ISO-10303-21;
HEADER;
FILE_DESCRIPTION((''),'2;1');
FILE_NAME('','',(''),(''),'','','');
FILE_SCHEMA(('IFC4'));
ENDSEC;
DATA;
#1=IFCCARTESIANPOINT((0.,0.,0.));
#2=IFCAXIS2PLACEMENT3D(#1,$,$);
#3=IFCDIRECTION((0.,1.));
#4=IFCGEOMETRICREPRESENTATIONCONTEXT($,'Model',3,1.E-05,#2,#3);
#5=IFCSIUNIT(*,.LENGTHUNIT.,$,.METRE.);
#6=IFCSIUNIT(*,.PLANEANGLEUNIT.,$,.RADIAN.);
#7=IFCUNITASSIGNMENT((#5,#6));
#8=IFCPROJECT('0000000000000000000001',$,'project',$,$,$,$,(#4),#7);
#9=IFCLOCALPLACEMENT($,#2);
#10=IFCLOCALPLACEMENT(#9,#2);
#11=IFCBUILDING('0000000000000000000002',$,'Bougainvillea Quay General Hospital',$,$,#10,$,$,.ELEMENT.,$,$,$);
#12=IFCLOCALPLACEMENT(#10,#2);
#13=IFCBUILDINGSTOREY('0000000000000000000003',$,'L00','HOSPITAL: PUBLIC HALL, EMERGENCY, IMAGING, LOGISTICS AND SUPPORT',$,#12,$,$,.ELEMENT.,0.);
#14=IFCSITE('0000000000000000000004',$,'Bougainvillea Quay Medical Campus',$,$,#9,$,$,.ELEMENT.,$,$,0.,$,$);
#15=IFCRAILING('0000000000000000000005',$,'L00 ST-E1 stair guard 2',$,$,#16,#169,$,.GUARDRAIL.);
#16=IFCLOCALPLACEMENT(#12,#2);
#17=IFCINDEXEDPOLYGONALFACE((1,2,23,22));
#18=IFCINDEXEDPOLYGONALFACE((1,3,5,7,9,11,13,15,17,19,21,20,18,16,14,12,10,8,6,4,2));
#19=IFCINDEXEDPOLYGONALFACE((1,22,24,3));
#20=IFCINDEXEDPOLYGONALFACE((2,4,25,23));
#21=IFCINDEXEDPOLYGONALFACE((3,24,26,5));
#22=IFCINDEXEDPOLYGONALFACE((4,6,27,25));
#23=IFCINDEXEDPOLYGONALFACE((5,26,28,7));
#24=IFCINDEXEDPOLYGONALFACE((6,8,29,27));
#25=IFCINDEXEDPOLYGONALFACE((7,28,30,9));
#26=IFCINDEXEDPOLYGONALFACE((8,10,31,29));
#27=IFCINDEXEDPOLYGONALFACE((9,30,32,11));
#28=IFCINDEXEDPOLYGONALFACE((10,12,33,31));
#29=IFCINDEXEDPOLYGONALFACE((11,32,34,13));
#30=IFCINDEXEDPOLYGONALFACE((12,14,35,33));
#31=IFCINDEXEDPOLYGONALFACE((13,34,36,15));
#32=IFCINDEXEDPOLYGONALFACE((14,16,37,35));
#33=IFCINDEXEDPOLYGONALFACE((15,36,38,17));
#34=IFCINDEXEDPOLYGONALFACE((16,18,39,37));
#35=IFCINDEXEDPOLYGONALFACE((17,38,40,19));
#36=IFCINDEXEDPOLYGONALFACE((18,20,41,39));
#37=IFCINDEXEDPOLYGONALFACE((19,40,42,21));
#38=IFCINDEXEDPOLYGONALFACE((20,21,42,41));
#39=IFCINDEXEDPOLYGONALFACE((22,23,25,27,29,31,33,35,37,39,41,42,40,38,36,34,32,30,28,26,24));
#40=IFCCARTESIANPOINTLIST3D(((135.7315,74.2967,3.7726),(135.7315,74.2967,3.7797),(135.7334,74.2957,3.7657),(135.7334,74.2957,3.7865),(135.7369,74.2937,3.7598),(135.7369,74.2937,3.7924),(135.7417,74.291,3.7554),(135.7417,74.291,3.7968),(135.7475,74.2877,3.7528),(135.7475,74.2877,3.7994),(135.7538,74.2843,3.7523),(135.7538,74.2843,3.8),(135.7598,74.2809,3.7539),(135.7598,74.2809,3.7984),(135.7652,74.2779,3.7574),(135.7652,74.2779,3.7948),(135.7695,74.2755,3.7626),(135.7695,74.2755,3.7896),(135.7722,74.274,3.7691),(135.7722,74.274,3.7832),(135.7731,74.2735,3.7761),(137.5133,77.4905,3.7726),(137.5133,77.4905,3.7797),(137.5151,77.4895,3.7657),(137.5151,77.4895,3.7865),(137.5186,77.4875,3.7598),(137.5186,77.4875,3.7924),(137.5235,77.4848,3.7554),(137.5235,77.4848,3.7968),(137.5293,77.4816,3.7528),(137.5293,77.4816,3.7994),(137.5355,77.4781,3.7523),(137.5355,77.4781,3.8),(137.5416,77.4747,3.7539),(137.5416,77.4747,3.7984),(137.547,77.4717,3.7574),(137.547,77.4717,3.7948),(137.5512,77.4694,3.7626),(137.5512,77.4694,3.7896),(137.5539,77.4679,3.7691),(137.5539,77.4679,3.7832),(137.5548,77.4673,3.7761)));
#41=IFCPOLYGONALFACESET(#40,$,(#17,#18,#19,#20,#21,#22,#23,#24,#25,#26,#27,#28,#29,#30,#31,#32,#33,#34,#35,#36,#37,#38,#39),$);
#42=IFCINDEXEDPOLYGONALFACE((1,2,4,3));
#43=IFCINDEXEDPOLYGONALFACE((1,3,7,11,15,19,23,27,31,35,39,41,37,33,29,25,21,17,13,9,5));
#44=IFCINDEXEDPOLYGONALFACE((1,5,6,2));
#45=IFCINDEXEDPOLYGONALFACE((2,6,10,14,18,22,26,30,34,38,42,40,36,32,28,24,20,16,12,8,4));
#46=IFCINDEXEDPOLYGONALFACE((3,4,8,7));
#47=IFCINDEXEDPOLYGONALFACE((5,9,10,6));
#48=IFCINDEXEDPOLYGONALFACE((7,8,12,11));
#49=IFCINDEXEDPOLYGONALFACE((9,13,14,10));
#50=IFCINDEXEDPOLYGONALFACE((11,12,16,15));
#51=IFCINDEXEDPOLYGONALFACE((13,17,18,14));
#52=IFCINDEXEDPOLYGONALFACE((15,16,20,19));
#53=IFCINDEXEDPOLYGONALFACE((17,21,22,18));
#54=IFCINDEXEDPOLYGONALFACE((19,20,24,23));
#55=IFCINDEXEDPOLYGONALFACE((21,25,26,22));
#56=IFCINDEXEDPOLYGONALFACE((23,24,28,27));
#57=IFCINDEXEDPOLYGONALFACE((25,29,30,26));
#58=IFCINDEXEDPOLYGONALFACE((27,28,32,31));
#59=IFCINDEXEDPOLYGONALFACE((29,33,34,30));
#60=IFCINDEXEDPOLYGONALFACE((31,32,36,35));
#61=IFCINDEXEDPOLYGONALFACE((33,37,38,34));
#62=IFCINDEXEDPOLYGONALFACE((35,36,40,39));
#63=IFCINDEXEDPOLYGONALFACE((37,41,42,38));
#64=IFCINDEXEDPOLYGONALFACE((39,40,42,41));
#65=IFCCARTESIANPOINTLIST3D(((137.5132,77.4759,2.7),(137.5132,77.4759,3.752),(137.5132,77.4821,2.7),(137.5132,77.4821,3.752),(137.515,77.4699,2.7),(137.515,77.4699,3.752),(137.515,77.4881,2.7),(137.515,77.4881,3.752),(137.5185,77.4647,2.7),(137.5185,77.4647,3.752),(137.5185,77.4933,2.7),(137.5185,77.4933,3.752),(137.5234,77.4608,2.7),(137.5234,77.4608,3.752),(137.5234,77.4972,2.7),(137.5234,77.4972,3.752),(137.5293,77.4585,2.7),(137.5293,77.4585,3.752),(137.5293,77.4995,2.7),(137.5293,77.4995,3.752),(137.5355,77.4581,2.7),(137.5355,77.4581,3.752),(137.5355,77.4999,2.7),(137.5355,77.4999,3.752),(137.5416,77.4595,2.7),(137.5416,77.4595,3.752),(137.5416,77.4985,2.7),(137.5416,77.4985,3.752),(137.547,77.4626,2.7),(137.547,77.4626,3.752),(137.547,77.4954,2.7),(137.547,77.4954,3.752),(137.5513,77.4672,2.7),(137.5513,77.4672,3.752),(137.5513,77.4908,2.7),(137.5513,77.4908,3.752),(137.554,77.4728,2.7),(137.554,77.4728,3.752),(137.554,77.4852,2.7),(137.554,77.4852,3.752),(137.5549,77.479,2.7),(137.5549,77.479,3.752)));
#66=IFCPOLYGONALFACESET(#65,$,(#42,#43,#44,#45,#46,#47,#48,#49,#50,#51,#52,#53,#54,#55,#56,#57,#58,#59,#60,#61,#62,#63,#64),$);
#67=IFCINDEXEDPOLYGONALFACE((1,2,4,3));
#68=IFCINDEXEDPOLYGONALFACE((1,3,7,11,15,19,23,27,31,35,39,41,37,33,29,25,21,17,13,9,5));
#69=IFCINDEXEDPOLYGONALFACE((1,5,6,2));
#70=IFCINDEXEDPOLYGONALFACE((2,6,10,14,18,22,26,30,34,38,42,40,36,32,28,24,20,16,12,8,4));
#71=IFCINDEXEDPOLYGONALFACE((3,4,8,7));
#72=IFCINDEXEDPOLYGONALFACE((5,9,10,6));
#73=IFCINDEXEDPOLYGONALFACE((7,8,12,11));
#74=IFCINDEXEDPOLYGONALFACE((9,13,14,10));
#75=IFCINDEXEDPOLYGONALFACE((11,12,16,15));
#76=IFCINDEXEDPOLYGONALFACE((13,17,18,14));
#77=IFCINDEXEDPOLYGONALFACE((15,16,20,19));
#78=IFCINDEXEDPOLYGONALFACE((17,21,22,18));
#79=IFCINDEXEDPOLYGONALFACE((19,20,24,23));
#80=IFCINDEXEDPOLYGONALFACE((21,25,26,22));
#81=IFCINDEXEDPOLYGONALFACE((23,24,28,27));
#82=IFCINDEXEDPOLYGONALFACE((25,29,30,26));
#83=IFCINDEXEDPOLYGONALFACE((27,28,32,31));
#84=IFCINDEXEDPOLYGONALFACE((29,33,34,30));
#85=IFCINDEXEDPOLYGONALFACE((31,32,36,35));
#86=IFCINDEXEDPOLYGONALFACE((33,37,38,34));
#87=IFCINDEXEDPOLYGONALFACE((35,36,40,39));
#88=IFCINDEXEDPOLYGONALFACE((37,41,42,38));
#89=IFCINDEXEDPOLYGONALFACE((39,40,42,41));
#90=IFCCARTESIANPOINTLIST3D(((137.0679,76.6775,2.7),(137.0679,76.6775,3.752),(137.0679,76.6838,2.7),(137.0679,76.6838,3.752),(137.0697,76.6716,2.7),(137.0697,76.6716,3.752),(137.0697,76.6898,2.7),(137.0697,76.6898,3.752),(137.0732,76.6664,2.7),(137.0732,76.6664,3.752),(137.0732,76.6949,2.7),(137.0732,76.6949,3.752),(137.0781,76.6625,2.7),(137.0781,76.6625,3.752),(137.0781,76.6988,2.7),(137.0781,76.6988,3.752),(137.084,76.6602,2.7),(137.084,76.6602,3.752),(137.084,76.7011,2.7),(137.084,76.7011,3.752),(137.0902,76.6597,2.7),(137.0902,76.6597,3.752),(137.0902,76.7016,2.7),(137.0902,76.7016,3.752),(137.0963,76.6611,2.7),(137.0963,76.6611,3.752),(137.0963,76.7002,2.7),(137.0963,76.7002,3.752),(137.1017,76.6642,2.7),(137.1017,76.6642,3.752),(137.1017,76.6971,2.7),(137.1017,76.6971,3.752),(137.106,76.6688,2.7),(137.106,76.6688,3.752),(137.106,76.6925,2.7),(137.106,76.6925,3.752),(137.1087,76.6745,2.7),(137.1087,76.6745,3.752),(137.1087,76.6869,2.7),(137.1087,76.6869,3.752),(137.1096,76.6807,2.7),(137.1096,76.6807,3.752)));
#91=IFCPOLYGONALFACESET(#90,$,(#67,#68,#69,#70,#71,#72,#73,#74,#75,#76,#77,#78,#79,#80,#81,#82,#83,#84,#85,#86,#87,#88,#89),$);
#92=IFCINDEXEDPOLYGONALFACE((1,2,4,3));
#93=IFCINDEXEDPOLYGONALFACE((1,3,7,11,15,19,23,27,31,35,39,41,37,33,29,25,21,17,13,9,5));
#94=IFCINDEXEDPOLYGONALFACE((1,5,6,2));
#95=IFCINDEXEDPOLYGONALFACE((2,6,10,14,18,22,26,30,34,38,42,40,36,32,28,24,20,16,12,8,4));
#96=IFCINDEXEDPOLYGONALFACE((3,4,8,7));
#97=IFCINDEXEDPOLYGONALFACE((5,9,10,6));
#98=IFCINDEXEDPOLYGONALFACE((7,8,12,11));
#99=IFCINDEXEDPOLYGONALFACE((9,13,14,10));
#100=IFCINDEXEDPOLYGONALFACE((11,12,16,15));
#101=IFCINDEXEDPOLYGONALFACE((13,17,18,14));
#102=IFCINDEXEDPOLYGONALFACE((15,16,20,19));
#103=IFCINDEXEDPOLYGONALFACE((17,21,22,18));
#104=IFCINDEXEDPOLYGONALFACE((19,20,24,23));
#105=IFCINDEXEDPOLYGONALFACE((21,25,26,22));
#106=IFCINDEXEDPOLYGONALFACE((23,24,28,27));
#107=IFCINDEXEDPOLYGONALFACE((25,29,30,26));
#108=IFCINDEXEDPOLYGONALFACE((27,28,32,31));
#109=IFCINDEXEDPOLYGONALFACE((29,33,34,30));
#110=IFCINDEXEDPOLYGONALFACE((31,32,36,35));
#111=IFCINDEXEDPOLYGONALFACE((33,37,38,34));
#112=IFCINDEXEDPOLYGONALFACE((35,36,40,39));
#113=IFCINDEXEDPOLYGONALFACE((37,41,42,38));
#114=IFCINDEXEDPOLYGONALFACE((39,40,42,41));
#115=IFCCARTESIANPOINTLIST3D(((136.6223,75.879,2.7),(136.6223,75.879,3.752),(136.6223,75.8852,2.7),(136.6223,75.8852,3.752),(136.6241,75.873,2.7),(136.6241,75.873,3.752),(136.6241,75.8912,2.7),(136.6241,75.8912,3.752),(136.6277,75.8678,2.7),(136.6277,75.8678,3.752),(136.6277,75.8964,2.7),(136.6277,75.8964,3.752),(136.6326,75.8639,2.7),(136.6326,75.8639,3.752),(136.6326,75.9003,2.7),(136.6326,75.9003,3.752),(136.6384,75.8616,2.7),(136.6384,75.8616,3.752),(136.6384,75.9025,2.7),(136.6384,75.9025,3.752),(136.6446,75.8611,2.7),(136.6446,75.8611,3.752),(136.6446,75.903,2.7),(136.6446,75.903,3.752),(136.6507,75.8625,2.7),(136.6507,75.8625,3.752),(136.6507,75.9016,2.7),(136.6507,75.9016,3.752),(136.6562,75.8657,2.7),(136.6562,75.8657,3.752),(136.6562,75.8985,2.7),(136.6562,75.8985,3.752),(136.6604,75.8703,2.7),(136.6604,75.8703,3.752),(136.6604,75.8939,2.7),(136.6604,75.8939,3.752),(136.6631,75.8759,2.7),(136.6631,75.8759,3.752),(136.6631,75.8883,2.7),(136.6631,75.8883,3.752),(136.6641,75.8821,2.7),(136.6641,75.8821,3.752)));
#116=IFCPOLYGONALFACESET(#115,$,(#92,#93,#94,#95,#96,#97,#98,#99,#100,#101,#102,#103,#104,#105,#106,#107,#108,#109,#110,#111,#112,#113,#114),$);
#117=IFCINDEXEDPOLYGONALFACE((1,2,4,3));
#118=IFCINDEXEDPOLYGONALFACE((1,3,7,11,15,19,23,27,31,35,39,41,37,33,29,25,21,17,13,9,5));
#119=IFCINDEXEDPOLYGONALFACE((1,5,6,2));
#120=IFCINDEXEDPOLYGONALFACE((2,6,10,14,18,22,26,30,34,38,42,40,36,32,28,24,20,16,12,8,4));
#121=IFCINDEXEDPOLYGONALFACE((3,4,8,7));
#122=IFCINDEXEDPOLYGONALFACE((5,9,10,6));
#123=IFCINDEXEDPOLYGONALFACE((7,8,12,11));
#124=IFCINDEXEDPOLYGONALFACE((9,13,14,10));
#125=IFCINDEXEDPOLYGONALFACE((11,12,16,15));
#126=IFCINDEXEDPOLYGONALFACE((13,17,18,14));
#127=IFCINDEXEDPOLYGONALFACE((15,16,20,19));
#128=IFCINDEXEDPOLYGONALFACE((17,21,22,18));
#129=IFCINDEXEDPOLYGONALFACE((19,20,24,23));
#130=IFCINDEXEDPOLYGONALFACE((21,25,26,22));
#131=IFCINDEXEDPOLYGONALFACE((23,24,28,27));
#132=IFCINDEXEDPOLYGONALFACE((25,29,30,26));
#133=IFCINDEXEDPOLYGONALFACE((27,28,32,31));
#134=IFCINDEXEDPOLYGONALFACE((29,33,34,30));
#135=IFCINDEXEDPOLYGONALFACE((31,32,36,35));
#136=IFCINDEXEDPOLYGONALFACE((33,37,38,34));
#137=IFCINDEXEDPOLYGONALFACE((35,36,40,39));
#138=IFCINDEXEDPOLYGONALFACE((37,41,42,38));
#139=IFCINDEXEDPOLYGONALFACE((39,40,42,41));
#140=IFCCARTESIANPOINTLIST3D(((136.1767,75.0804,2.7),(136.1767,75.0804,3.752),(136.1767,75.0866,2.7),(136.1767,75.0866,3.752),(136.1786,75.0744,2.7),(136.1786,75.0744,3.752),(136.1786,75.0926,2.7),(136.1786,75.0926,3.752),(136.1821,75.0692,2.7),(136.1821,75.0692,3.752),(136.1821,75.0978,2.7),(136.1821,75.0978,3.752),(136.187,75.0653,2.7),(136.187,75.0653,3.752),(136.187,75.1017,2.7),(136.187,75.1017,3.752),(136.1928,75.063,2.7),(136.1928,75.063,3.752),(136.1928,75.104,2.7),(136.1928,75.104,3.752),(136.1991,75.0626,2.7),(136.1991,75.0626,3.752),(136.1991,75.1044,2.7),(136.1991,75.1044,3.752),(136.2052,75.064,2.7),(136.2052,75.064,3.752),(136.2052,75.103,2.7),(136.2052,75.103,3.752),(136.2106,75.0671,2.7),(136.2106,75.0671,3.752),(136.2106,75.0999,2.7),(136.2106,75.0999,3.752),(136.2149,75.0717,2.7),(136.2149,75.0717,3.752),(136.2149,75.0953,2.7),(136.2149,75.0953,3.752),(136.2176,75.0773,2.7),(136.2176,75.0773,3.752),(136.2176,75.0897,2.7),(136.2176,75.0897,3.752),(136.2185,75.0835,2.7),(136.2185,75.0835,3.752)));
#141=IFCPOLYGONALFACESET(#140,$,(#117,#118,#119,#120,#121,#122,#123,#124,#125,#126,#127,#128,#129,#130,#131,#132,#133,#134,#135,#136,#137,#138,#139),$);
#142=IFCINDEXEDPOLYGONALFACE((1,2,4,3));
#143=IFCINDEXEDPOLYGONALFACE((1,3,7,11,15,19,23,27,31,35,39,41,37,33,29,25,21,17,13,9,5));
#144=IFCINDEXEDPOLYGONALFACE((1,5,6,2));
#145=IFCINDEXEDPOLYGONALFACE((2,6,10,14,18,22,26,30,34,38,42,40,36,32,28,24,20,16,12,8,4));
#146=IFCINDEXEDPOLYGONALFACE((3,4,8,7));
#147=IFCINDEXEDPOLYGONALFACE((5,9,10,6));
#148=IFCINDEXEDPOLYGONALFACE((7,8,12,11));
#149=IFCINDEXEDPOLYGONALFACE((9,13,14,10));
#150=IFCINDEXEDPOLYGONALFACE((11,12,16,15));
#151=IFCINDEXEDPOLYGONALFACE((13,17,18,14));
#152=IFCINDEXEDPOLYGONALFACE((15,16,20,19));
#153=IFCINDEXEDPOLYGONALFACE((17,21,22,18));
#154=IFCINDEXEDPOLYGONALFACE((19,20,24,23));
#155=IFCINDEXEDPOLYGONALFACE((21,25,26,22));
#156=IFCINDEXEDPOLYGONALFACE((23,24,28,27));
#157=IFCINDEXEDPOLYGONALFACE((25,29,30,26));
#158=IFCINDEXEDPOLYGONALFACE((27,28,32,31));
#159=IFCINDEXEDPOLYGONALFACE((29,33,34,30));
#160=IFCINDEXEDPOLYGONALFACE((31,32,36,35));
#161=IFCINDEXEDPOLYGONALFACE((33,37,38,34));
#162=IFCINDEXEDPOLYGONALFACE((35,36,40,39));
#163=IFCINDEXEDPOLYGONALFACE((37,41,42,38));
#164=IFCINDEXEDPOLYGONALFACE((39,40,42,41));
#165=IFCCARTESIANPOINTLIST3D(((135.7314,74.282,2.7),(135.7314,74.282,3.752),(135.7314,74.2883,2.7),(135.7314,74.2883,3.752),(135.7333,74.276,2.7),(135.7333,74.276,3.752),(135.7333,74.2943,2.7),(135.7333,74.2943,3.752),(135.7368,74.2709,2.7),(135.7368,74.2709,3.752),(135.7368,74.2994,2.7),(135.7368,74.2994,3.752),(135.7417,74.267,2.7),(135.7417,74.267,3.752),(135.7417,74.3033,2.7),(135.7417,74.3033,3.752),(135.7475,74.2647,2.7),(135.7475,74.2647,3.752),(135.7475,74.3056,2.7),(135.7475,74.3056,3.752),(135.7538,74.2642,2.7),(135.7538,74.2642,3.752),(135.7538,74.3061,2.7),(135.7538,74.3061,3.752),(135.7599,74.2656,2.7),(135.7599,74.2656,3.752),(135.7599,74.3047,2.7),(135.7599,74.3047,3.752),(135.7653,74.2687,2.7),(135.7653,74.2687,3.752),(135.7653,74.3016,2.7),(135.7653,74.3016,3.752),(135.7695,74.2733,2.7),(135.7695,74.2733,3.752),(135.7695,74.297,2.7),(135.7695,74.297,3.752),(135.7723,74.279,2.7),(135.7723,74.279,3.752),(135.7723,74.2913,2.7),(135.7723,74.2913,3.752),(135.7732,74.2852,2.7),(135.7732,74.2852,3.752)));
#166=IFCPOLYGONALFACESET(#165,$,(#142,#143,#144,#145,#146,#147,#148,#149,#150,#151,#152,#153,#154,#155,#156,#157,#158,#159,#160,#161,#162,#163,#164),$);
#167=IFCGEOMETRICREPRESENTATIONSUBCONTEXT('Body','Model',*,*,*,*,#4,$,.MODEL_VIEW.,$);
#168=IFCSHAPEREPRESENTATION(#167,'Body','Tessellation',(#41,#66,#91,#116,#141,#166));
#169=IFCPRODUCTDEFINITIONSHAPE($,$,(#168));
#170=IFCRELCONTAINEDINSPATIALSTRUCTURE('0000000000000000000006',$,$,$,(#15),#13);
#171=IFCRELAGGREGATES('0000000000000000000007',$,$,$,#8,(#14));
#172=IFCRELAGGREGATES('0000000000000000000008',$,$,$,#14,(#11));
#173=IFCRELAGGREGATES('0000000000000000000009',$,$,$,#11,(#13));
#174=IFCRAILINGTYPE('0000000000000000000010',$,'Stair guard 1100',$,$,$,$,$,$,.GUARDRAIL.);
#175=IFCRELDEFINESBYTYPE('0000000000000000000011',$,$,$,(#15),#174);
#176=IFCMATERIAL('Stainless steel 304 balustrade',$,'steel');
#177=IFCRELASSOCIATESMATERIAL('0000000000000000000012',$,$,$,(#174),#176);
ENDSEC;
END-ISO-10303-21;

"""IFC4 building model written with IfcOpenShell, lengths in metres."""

from ifc_helpers import new_model, si_unit, direction, frame, origin, origin_2d, place, context, subcontext, project, spatial, circle, extrude, material, type_object, element, save


model = new_model("IFC4")

# Units and contexts
model_context = context("Model", 3, precision=1e-05, world=origin(), true_north=direction((0.0, 1.0)))
body_context = subcontext(model_context, "Body", "Model", "MODEL_VIEW")
ifc_project = project(units=[si_unit("LENGTHUNIT", "METRE"), si_unit("PLANEANGLEUNIT", "RADIAN")], contexts=[model_context])

# Site, building, storey
site_placement = place(None, origin())
site = spatial("IfcSite", under=ifc_project, at=site_placement, Name="Bougainvillea Quay Medical Campus", CompositionType="ELEMENT", RefElevation=0.0)
building_placement = place(site_placement, origin())
building = spatial("IfcBuilding", under=site, at=building_placement, Name="Bougainvillea Quay General Hospital", CompositionType="ELEMENT")
storey_placement = place(building_placement, origin())
storey = spatial("IfcBuildingStorey", under=building, at=storey_placement, Name="L00", Description="HOSPITAL: PUBLIC HALL, EMERGENCY, IMAGING, LOGISTICS AND SUPPORT", CompositionType="ELEMENT", Elevation=0.0)

# Railing
ifc_material_1 = material(Name="Stainless steel 304 balustrade", Category="steel")
railing_type_1 = type_object("IfcRailingType", Name="Stair guard 1100", PredefinedType="GUARDRAIL", material=ifc_material_1)
railing_1_placement = place(storey_placement, frame((137.5339, 77.479, 2.7)))
element("IfcRailing", 1, at=railing_1_placement, inside=storey, type_object=railing_type_1, Name="L00 ST-E1 stair guard 2", PredefinedType="GUARDRAIL", context=body_context, shape_type="SweptSolid", body=[
    extrude(circle(Radius=0.0239, at=origin_2d()), frame((0.0, 0.0, 1.0762), z_axis=(-0.487184, -0.873299, 0.0), x_axis=(0.873299, -0.487184, 0.0)), (0.0, 0.0, 1.0), 3.6572),
    extrude(circle(Radius=0.021, at=origin_2d()), origin(), (0.0, 0.0, 1.0), 1.052),
    extrude(circle(Radius=0.021, at=origin_2d()), frame((-0.4453, -0.7983, 0.0)), (0.0, 0.0, 1.0), 1.052),
    extrude(circle(Radius=0.021, at=origin_2d()), frame((-0.8909, -1.5969, 0.0)), (0.0, 0.0, 1.0), 1.052),
    extrude(circle(Radius=0.021, at=origin_2d()), frame((-1.3364, -2.3955, 0.0)), (0.0, 0.0, 1.0), 1.052),
    extrude(circle(Radius=0.021, at=origin_2d()), frame((-1.7817, -3.1938, 0.0)), (0.0, 0.0, 1.0), 1.052),
])

save(model, "model.ifc")
